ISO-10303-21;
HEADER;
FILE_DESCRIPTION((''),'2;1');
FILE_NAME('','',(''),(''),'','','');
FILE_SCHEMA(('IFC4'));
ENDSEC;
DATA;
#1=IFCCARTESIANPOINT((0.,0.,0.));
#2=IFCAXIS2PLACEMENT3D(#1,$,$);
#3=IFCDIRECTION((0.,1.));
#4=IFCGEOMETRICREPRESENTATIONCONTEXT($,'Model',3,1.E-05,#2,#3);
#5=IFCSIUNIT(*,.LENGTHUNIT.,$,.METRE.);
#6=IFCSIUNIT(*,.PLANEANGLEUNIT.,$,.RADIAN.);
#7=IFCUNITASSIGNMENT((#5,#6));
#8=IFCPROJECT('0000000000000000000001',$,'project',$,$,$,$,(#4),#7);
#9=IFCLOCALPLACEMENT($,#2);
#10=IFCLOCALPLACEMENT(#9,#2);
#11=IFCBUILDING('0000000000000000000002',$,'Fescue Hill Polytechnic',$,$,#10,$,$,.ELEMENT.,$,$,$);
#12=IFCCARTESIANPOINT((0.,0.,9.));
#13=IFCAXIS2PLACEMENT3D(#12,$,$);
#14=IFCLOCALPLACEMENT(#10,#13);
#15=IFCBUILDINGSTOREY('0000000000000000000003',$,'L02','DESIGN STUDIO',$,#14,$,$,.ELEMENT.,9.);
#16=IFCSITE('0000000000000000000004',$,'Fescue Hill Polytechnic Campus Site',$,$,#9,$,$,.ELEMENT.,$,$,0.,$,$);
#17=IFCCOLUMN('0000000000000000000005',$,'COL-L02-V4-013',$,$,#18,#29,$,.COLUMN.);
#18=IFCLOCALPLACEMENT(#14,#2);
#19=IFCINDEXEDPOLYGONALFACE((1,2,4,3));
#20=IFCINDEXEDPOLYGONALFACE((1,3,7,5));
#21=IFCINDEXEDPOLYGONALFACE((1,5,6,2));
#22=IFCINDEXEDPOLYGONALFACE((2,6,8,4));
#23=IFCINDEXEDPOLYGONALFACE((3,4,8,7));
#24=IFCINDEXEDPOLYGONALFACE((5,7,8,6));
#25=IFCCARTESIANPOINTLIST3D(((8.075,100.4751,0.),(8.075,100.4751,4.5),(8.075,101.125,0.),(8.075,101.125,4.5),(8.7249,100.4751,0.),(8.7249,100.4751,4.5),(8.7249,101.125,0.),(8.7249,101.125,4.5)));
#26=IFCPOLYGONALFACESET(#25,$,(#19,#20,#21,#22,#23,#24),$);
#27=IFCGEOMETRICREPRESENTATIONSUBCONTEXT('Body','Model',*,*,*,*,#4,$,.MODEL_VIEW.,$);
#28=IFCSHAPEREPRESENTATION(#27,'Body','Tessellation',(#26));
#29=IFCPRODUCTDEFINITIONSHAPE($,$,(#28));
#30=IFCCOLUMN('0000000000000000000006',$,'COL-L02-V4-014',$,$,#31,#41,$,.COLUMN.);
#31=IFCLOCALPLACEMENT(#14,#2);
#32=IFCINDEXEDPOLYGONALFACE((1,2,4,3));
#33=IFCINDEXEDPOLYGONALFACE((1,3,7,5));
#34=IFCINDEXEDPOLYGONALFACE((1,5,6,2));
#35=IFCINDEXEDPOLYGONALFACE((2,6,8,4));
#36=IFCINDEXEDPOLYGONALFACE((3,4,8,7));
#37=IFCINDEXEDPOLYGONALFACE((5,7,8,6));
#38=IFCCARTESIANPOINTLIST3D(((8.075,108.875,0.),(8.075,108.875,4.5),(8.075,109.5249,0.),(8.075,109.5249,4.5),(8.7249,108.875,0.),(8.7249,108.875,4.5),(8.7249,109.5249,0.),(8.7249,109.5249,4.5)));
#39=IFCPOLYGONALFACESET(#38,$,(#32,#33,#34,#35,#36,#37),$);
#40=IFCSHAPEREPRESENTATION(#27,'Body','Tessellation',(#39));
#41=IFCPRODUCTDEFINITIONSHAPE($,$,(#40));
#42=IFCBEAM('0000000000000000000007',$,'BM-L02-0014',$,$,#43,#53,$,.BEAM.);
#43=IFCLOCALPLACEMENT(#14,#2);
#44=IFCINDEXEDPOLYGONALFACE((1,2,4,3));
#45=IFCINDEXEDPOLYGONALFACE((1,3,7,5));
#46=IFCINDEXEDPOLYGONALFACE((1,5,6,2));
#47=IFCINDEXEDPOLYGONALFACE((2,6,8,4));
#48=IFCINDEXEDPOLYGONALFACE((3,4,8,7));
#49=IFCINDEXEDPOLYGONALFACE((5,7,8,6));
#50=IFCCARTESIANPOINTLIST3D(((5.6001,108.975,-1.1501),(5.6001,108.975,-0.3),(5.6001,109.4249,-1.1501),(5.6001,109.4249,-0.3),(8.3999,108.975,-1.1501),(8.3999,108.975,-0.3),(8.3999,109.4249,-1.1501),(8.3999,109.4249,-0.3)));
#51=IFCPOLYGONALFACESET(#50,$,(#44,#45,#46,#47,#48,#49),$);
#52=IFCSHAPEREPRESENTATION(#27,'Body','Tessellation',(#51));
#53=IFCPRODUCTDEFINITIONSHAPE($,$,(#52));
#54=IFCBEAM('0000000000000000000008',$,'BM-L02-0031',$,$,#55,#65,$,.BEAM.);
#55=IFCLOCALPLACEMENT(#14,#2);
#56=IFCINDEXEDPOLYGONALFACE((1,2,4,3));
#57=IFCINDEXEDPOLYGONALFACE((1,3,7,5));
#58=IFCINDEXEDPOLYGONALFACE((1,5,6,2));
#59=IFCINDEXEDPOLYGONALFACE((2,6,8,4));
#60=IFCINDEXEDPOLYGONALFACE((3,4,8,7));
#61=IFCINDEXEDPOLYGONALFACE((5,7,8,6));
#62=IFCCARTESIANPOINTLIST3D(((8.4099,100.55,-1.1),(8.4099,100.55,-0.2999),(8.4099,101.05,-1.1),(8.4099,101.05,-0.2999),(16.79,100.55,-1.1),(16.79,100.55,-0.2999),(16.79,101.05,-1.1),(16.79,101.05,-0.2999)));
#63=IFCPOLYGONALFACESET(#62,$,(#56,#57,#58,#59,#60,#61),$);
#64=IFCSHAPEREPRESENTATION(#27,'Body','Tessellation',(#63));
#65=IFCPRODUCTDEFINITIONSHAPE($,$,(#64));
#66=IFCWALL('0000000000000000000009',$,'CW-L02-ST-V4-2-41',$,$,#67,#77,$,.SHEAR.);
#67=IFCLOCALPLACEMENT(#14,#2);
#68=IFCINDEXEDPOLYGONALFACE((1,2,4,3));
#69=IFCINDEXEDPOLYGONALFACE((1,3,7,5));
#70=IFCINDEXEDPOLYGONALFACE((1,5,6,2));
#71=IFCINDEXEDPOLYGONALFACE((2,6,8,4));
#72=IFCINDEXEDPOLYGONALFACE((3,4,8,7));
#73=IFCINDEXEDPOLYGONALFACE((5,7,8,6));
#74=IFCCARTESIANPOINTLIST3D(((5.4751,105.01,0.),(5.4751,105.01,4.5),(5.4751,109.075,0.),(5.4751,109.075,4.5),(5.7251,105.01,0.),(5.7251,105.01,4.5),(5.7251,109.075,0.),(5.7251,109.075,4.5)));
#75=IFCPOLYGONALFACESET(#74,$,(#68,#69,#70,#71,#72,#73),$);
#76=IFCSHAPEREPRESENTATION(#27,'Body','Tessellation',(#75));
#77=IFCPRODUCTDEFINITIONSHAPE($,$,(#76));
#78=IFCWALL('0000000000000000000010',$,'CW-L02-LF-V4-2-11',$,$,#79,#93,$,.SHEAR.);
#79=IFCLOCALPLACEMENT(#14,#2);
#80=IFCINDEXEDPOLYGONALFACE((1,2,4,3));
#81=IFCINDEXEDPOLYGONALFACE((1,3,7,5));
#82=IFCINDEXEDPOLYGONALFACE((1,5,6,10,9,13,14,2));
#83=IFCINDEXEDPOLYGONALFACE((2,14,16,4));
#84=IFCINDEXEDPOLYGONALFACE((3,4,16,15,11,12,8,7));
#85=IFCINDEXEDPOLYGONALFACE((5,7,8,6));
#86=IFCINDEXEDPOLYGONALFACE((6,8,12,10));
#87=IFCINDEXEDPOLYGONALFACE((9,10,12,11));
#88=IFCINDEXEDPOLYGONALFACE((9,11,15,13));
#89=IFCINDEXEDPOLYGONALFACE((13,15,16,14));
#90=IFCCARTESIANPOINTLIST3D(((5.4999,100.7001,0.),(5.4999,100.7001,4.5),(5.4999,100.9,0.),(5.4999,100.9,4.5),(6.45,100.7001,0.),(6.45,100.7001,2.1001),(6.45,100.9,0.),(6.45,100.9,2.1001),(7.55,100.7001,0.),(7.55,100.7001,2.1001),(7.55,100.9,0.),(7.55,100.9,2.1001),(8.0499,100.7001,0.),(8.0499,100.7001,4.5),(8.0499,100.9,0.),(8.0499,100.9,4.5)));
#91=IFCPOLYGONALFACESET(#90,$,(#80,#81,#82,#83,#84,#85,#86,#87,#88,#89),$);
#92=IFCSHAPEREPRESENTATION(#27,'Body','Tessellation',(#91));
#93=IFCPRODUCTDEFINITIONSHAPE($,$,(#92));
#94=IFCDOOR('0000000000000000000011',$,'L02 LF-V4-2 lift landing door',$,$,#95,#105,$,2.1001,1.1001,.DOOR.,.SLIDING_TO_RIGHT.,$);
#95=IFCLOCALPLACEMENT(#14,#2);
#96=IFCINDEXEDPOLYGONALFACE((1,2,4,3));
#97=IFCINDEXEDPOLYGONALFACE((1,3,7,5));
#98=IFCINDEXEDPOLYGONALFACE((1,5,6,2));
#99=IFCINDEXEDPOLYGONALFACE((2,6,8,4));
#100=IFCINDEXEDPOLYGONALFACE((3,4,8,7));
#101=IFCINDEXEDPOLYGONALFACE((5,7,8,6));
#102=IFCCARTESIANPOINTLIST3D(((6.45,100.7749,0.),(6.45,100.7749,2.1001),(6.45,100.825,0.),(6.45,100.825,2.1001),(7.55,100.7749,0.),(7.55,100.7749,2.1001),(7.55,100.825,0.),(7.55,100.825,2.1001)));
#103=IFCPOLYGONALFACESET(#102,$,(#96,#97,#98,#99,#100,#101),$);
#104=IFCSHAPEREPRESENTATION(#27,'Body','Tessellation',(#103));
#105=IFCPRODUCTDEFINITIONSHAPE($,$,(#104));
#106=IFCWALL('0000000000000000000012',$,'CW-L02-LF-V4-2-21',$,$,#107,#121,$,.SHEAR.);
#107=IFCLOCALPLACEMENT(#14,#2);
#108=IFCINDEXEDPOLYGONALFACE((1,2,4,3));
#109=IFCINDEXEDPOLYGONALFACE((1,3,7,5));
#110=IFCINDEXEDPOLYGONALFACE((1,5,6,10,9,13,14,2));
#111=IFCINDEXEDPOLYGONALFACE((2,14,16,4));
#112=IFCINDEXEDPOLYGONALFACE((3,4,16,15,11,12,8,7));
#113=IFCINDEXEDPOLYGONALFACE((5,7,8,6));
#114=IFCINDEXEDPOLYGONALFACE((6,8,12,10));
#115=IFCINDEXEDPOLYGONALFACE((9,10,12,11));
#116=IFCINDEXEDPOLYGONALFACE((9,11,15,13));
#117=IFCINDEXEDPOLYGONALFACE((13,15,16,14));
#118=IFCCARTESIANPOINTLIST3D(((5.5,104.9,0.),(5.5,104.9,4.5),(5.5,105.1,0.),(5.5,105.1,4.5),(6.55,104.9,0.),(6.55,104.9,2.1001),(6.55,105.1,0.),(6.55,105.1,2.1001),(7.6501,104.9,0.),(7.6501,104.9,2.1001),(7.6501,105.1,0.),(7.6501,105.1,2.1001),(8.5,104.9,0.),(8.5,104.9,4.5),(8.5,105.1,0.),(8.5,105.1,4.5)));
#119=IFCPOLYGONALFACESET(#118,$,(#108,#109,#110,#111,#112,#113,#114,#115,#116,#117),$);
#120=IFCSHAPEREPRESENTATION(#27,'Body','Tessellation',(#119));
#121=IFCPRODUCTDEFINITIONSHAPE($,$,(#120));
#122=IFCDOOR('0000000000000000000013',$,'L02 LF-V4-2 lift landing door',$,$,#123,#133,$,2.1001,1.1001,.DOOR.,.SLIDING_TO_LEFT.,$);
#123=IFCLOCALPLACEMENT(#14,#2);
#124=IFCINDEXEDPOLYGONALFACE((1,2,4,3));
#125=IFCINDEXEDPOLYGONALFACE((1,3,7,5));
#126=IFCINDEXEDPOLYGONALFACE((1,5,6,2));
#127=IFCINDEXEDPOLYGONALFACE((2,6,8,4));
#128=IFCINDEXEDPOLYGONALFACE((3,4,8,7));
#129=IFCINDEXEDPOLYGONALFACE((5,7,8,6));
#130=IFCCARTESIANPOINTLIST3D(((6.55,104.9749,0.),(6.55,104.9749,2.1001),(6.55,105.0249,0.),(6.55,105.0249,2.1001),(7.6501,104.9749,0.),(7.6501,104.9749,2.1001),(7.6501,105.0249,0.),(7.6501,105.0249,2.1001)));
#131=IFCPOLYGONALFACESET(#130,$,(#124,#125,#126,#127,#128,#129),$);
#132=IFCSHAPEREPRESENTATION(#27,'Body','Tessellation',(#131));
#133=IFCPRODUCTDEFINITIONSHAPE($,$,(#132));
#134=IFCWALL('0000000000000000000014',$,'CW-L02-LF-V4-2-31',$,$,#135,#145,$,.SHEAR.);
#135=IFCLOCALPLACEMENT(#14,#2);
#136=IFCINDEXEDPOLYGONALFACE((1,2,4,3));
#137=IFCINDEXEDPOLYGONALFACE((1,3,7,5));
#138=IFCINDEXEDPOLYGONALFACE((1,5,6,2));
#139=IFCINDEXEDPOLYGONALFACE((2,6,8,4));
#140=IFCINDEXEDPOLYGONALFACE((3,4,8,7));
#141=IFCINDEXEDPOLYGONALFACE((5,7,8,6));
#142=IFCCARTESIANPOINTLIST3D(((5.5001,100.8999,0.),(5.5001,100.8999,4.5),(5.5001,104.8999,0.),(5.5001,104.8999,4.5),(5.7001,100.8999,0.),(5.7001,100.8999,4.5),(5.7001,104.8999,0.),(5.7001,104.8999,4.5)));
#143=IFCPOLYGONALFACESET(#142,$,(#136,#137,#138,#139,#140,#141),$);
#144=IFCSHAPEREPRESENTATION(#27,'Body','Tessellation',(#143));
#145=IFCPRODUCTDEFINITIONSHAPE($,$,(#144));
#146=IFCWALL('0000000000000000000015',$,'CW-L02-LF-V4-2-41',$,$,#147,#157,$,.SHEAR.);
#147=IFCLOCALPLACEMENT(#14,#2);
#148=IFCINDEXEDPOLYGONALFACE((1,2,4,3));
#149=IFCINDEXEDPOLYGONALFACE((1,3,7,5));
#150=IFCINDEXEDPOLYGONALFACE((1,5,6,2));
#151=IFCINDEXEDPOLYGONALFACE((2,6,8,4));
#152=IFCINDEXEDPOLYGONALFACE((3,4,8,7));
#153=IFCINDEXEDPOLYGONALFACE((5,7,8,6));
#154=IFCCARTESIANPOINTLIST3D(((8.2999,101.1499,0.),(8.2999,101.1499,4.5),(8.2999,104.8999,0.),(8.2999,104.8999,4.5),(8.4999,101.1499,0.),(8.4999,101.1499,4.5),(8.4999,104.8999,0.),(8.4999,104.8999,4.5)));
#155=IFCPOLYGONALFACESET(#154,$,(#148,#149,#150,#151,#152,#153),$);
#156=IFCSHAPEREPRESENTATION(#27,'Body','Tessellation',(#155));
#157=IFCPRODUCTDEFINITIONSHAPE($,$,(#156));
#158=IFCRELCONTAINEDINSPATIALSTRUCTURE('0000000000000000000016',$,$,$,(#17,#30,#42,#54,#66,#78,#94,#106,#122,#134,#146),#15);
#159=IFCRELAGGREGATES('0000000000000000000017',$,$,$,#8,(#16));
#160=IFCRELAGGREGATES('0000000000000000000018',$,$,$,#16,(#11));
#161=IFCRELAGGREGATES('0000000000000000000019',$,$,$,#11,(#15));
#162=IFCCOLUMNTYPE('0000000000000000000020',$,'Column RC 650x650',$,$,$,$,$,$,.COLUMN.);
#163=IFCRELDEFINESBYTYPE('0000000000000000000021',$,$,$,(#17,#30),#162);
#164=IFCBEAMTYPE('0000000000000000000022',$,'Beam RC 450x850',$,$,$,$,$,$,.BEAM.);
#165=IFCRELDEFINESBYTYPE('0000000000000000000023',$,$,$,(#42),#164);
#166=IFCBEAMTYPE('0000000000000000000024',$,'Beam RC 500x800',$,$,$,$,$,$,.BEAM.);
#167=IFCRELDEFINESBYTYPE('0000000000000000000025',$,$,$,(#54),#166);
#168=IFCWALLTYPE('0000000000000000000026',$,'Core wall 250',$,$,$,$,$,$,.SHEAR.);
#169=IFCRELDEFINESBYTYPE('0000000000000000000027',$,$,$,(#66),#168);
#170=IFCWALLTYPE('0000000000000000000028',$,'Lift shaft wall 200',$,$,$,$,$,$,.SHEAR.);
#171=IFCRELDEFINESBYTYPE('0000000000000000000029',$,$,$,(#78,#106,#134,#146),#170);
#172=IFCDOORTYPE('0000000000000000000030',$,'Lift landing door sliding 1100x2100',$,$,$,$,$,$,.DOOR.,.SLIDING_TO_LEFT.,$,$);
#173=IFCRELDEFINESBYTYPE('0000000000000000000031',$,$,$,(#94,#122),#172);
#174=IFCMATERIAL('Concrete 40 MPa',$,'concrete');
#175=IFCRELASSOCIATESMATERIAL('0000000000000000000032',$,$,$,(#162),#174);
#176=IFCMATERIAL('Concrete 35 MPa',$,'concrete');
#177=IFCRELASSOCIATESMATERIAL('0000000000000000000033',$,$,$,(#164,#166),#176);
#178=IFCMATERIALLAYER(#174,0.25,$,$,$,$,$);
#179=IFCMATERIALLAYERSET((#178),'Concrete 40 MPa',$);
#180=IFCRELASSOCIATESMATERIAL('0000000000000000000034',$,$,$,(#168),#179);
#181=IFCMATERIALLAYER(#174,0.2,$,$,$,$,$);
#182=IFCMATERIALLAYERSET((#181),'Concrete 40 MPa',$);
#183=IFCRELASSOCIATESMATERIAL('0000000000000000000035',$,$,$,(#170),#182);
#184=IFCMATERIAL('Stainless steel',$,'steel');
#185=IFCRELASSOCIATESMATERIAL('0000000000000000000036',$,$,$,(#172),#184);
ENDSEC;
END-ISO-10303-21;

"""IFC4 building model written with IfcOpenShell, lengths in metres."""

from ifc_helpers import new_model, si_unit, direction, frame, frame_2d, origin, origin_2d, place, context, subcontext, project, spatial, rectangle, extrude, material, layer, layer_set, material_profile, profile_set, type_object, element, fill, save


model = new_model("IFC4")

# Units and contexts
model_context = context("Model", 3, precision=1e-05, world=origin(), true_north=direction((0.0, 1.0)))
body_context = subcontext(model_context, "Body", "Model", "MODEL_VIEW")
ifc_project = project(units=[si_unit("LENGTHUNIT", "METRE"), si_unit("PLANEANGLEUNIT", "RADIAN")], contexts=[model_context])

# Site, building, storey
site_placement = place(None, origin())
site = spatial("IfcSite", under=ifc_project, at=site_placement, Name="Fescue Hill Polytechnic Campus Site", CompositionType="ELEMENT", RefElevation=0.0)
building_placement = place(site_placement, origin())
building = spatial("IfcBuilding", under=site, at=building_placement, Name="Fescue Hill Polytechnic", CompositionType="ELEMENT")
storey_placement = place(building_placement, frame((0.0, 0.0, 9.0)))
storey = spatial("IfcBuildingStorey", under=building, at=storey_placement, Name="L02", Description="DESIGN STUDIO", CompositionType="ELEMENT", Elevation=9.0)

# Columns
ifc_material_1 = material(Name="Concrete 40 MPa", Category="concrete")
ifc_material_profile_1 = material_profile(ifc_material_1, rectangle(XDim=0.6499, YDim=0.6499, at=origin_2d()), Name="RC 650x650")
ifc_profile_set_1 = profile_set([ifc_material_profile_1], Name="Concrete 40 MPa")
column_type = type_object("IfcColumnType", Name="Column RC 650x650", PredefinedType="COLUMN", material=ifc_profile_set_1)
for number, where, z_axis, x_axis, name in (
    (1, (8.3999, 100.8, 0.0), (0.0, 0.0, 1.0), (1.0, 0.0, 0.0), "COL-L02-V4-013"),
    (2, (8.3999, 109.2, 0.0), (0.0, 0.0, 1.0), (1.0, 0.0, 0.0), "COL-L02-V4-014"),
):
    element("IfcColumn", number, at=place(storey_placement, frame(where, z_axis=z_axis, x_axis=x_axis)), inside=storey, type_object=column_type, Name=name, PredefinedType="COLUMN", context=body_context, shape_type="SweptSolid", body=[
        extrude(rectangle(XDim=0.6499, YDim=0.6499, at=origin_2d()), origin(), (0.0, 0.0, 1.0), 4.5),
    ])

# Beams
ifc_material_2 = material(Name="Concrete 35 MPa", Category="concrete")
ifc_material_profile_2 = material_profile(ifc_material_2, rectangle(XDim=0.45, YDim=0.8501, at=origin_2d()), Name="RC 450x850")
ifc_profile_set_2 = profile_set([ifc_material_profile_2], Name="Concrete 35 MPa")
beam_type_1 = type_object("IfcBeamType", Name="Beam RC 450x850", PredefinedType="BEAM", material=ifc_profile_set_2)
beam_1_placement = place(storey_placement, frame((5.6001, 109.2, -0.7251), z_axis=(1.0, 0.0, 0.0), x_axis=(0.0, 1.0, 0.0)))
element("IfcBeam", 3, at=beam_1_placement, inside=storey, type_object=beam_type_1, Name="BM-L02-0014", PredefinedType="BEAM", context=body_context, shape_type="SweptSolid", body=[
    extrude(rectangle(XDim=0.45, YDim=0.8501, at=origin_2d()), origin(), (0.0, 0.0, 1.0), 2.7998),
])
ifc_material_profile_3 = material_profile(ifc_material_2, rectangle(XDim=0.5, YDim=0.8, at=origin_2d()), Name="RC 500x800")
ifc_profile_set_3 = profile_set([ifc_material_profile_3], Name="Concrete 35 MPa")
beam_type_2 = type_object("IfcBeamType", Name="Beam RC 500x800", PredefinedType="BEAM", material=ifc_profile_set_3)
beam_2_placement = place(storey_placement, frame((8.4099, 100.8, -0.7), z_axis=(1.0, 0.0, 0.0), x_axis=(0.0, 1.0, 0.0)))
element("IfcBeam", 4, at=beam_2_placement, inside=storey, type_object=beam_type_2, Name="BM-L02-0031", PredefinedType="BEAM", context=body_context, shape_type="SweptSolid", body=[
    extrude(rectangle(XDim=0.5, YDim=0.8, at=origin_2d()), origin(), (0.0, 0.0, 1.0), 8.3801),
])

# Wall
ifc_layer_1 = layer(ifc_material_1, 0.25)
ifc_layer_set_1 = layer_set([ifc_layer_1], Name="Concrete 40 MPa")
wall_type_1 = type_object("IfcWallType", Name="Core wall 250", PredefinedType="SHEAR", material=ifc_layer_set_1)
wall_1_placement = place(storey_placement, frame((5.6001, 105.01, 0.0), z_axis=(0.0, 0.0, 1.0), x_axis=(0.0, 1.0, 0.0)))
element("IfcWall", 5, at=wall_1_placement, inside=storey, type_object=wall_type_1, Name="CW-L02-ST-V4-2-41", PredefinedType="SHEAR", context=body_context, shape_type="SweptSolid", body=[
    extrude(rectangle(XDim=4.0649, YDim=0.25, at=frame_2d((2.0325, 0.0))), origin(), (0.0, 0.0, 1.0), 4.5),
])

# Walls, openings, doors
ifc_layer_2 = layer(ifc_material_1, 0.2)
ifc_layer_set_2 = layer_set([ifc_layer_2], Name="Concrete 40 MPa")
wall_type_2 = type_object("IfcWallType", Name="Lift shaft wall 200", PredefinedType="SHEAR", material=ifc_layer_set_2)
wall_2_placement = place(storey_placement, frame((5.5, 100.8, 0.0), z_axis=(0.0, 0.0, 1.0), x_axis=(1.0, 0.0, 0.0)))
wall_2 = element("IfcWall", 6, at=wall_2_placement, inside=storey, type_object=wall_type_2, Name="CW-L02-LF-V4-2-11", PredefinedType="SHEAR", context=body_context, shape_type="SweptSolid", body=[
    extrude(rectangle(XDim=2.55, YDim=0.2, at=frame_2d((1.2749, 0.0))), origin(), (0.0, 0.0, 1.0), 4.5),
])
opening_1_placement = place(wall_2_placement, frame((0.95, 0.0, 0.0)))
opening_1 = element("IfcOpeningElement", 7, at=opening_1_placement, cuts=wall_2, PredefinedType="OPENING", context=body_context, shape_type="SweptSolid", body=[
    extrude(rectangle(XDim=1.1001, YDim=2.1001, at=frame_2d((0.55, 1.05))), frame((0.0, 0.1099, 0.0), z_axis=(0.0, -1.0, 0.0), x_axis=(1.0, 0.0, 0.0)), (0.0, 0.0, 1.0), 0.22),
])
ifc_material_3 = material(Name="Stainless steel", Category="steel")
door_type_1 = type_object("IfcDoorType", Name="Lift landing door sliding 1100x2100", OperationType="SLIDING_TO_LEFT", PredefinedType="DOOR", material=ifc_material_3)
door_1_placement = place(opening_1_placement, origin())
door_1 = element("IfcDoor", 8, at=door_1_placement, inside=storey, type_object=door_type_1, Name="L02 LF-V4-2 lift landing door", OperationType="SLIDING_TO_RIGHT", OverallHeight=2.1001, OverallWidth=1.1001, PredefinedType="DOOR", context=body_context, shape_type="SweptSolid", body=[
    extrude(rectangle(XDim=1.1001, YDim=2.1001, at=frame_2d((0.55, 1.05))), frame((0.0, 0.0249, 0.0), z_axis=(0.0, -1.0, 0.0), x_axis=(1.0, 0.0, 0.0)), (0.0, 0.0, 1.0), 0.05),
])
fill(opening_1, door_1)
wall_3_placement = place(storey_placement, frame((5.5, 105.0, 0.0), z_axis=(0.0, 0.0, 1.0), x_axis=(1.0, 0.0, 0.0)))
wall_3 = element("IfcWall", 9, at=wall_3_placement, inside=storey, type_object=wall_type_2, Name="CW-L02-LF-V4-2-21", PredefinedType="SHEAR", context=body_context, shape_type="SweptSolid", body=[
    extrude(rectangle(XDim=3.0, YDim=0.2, at=frame_2d((1.5, 0.0))), origin(), (0.0, 0.0, 1.0), 4.5),
])
opening_2_placement = place(wall_3_placement, frame((1.05, 0.0, 0.0)))
opening_2 = element("IfcOpeningElement", 10, at=opening_2_placement, cuts=wall_3, PredefinedType="OPENING", context=body_context, shape_type="SweptSolid", body=[
    extrude(rectangle(XDim=1.1001, YDim=2.1001, at=frame_2d((0.55, 1.05))), frame((0.0, 0.1099, 0.0), z_axis=(0.0, -1.0, 0.0), x_axis=(1.0, 0.0, 0.0)), (0.0, 0.0, 1.0), 0.22),
])
door_2_placement = place(opening_2_placement, origin())
door_2 = element("IfcDoor", 11, at=door_2_placement, inside=storey, type_object=door_type_1, Name="L02 LF-V4-2 lift landing door", OperationType="SLIDING_TO_LEFT", OverallHeight=2.1001, OverallWidth=1.1001, PredefinedType="DOOR", context=body_context, shape_type="SweptSolid", body=[
    extrude(rectangle(XDim=1.1001, YDim=2.1001, at=frame_2d((0.55, 1.05))), frame((0.0, 0.0249, 0.0), z_axis=(0.0, -1.0, 0.0), x_axis=(1.0, 0.0, 0.0)), (0.0, 0.0, 1.0), 0.05),
])
fill(opening_2, door_2)

# Walls
wall_4_placement = place(storey_placement, frame((5.6001, 100.8999, 0.0), z_axis=(0.0, 0.0, 1.0), x_axis=(0.0, 1.0, 0.0)))
element("IfcWall", 12, at=wall_4_placement, inside=storey, type_object=wall_type_2, Name="CW-L02-LF-V4-2-31", PredefinedType="SHEAR", context=body_context, shape_type="SweptSolid", body=[
    extrude(rectangle(XDim=4.0, YDim=0.2, at=frame_2d((2.0, 0.0))), origin(), (0.0, 0.0, 1.0), 4.5),
])
wall_5_placement = place(storey_placement, frame((8.3999, 101.1499, 0.0), z_axis=(0.0, 0.0, 1.0), x_axis=(0.0, 1.0, 0.0)))
element("IfcWall", 13, at=wall_5_placement, inside=storey, type_object=wall_type_2, Name="CW-L02-LF-V4-2-41", PredefinedType="SHEAR", context=body_context, shape_type="SweptSolid", body=[
    extrude(rectangle(XDim=3.75, YDim=0.2, at=frame_2d((1.875, 0.0))), origin(), (0.0, 0.0, 1.0), 4.5),
])

save(model, "model.ifc")
